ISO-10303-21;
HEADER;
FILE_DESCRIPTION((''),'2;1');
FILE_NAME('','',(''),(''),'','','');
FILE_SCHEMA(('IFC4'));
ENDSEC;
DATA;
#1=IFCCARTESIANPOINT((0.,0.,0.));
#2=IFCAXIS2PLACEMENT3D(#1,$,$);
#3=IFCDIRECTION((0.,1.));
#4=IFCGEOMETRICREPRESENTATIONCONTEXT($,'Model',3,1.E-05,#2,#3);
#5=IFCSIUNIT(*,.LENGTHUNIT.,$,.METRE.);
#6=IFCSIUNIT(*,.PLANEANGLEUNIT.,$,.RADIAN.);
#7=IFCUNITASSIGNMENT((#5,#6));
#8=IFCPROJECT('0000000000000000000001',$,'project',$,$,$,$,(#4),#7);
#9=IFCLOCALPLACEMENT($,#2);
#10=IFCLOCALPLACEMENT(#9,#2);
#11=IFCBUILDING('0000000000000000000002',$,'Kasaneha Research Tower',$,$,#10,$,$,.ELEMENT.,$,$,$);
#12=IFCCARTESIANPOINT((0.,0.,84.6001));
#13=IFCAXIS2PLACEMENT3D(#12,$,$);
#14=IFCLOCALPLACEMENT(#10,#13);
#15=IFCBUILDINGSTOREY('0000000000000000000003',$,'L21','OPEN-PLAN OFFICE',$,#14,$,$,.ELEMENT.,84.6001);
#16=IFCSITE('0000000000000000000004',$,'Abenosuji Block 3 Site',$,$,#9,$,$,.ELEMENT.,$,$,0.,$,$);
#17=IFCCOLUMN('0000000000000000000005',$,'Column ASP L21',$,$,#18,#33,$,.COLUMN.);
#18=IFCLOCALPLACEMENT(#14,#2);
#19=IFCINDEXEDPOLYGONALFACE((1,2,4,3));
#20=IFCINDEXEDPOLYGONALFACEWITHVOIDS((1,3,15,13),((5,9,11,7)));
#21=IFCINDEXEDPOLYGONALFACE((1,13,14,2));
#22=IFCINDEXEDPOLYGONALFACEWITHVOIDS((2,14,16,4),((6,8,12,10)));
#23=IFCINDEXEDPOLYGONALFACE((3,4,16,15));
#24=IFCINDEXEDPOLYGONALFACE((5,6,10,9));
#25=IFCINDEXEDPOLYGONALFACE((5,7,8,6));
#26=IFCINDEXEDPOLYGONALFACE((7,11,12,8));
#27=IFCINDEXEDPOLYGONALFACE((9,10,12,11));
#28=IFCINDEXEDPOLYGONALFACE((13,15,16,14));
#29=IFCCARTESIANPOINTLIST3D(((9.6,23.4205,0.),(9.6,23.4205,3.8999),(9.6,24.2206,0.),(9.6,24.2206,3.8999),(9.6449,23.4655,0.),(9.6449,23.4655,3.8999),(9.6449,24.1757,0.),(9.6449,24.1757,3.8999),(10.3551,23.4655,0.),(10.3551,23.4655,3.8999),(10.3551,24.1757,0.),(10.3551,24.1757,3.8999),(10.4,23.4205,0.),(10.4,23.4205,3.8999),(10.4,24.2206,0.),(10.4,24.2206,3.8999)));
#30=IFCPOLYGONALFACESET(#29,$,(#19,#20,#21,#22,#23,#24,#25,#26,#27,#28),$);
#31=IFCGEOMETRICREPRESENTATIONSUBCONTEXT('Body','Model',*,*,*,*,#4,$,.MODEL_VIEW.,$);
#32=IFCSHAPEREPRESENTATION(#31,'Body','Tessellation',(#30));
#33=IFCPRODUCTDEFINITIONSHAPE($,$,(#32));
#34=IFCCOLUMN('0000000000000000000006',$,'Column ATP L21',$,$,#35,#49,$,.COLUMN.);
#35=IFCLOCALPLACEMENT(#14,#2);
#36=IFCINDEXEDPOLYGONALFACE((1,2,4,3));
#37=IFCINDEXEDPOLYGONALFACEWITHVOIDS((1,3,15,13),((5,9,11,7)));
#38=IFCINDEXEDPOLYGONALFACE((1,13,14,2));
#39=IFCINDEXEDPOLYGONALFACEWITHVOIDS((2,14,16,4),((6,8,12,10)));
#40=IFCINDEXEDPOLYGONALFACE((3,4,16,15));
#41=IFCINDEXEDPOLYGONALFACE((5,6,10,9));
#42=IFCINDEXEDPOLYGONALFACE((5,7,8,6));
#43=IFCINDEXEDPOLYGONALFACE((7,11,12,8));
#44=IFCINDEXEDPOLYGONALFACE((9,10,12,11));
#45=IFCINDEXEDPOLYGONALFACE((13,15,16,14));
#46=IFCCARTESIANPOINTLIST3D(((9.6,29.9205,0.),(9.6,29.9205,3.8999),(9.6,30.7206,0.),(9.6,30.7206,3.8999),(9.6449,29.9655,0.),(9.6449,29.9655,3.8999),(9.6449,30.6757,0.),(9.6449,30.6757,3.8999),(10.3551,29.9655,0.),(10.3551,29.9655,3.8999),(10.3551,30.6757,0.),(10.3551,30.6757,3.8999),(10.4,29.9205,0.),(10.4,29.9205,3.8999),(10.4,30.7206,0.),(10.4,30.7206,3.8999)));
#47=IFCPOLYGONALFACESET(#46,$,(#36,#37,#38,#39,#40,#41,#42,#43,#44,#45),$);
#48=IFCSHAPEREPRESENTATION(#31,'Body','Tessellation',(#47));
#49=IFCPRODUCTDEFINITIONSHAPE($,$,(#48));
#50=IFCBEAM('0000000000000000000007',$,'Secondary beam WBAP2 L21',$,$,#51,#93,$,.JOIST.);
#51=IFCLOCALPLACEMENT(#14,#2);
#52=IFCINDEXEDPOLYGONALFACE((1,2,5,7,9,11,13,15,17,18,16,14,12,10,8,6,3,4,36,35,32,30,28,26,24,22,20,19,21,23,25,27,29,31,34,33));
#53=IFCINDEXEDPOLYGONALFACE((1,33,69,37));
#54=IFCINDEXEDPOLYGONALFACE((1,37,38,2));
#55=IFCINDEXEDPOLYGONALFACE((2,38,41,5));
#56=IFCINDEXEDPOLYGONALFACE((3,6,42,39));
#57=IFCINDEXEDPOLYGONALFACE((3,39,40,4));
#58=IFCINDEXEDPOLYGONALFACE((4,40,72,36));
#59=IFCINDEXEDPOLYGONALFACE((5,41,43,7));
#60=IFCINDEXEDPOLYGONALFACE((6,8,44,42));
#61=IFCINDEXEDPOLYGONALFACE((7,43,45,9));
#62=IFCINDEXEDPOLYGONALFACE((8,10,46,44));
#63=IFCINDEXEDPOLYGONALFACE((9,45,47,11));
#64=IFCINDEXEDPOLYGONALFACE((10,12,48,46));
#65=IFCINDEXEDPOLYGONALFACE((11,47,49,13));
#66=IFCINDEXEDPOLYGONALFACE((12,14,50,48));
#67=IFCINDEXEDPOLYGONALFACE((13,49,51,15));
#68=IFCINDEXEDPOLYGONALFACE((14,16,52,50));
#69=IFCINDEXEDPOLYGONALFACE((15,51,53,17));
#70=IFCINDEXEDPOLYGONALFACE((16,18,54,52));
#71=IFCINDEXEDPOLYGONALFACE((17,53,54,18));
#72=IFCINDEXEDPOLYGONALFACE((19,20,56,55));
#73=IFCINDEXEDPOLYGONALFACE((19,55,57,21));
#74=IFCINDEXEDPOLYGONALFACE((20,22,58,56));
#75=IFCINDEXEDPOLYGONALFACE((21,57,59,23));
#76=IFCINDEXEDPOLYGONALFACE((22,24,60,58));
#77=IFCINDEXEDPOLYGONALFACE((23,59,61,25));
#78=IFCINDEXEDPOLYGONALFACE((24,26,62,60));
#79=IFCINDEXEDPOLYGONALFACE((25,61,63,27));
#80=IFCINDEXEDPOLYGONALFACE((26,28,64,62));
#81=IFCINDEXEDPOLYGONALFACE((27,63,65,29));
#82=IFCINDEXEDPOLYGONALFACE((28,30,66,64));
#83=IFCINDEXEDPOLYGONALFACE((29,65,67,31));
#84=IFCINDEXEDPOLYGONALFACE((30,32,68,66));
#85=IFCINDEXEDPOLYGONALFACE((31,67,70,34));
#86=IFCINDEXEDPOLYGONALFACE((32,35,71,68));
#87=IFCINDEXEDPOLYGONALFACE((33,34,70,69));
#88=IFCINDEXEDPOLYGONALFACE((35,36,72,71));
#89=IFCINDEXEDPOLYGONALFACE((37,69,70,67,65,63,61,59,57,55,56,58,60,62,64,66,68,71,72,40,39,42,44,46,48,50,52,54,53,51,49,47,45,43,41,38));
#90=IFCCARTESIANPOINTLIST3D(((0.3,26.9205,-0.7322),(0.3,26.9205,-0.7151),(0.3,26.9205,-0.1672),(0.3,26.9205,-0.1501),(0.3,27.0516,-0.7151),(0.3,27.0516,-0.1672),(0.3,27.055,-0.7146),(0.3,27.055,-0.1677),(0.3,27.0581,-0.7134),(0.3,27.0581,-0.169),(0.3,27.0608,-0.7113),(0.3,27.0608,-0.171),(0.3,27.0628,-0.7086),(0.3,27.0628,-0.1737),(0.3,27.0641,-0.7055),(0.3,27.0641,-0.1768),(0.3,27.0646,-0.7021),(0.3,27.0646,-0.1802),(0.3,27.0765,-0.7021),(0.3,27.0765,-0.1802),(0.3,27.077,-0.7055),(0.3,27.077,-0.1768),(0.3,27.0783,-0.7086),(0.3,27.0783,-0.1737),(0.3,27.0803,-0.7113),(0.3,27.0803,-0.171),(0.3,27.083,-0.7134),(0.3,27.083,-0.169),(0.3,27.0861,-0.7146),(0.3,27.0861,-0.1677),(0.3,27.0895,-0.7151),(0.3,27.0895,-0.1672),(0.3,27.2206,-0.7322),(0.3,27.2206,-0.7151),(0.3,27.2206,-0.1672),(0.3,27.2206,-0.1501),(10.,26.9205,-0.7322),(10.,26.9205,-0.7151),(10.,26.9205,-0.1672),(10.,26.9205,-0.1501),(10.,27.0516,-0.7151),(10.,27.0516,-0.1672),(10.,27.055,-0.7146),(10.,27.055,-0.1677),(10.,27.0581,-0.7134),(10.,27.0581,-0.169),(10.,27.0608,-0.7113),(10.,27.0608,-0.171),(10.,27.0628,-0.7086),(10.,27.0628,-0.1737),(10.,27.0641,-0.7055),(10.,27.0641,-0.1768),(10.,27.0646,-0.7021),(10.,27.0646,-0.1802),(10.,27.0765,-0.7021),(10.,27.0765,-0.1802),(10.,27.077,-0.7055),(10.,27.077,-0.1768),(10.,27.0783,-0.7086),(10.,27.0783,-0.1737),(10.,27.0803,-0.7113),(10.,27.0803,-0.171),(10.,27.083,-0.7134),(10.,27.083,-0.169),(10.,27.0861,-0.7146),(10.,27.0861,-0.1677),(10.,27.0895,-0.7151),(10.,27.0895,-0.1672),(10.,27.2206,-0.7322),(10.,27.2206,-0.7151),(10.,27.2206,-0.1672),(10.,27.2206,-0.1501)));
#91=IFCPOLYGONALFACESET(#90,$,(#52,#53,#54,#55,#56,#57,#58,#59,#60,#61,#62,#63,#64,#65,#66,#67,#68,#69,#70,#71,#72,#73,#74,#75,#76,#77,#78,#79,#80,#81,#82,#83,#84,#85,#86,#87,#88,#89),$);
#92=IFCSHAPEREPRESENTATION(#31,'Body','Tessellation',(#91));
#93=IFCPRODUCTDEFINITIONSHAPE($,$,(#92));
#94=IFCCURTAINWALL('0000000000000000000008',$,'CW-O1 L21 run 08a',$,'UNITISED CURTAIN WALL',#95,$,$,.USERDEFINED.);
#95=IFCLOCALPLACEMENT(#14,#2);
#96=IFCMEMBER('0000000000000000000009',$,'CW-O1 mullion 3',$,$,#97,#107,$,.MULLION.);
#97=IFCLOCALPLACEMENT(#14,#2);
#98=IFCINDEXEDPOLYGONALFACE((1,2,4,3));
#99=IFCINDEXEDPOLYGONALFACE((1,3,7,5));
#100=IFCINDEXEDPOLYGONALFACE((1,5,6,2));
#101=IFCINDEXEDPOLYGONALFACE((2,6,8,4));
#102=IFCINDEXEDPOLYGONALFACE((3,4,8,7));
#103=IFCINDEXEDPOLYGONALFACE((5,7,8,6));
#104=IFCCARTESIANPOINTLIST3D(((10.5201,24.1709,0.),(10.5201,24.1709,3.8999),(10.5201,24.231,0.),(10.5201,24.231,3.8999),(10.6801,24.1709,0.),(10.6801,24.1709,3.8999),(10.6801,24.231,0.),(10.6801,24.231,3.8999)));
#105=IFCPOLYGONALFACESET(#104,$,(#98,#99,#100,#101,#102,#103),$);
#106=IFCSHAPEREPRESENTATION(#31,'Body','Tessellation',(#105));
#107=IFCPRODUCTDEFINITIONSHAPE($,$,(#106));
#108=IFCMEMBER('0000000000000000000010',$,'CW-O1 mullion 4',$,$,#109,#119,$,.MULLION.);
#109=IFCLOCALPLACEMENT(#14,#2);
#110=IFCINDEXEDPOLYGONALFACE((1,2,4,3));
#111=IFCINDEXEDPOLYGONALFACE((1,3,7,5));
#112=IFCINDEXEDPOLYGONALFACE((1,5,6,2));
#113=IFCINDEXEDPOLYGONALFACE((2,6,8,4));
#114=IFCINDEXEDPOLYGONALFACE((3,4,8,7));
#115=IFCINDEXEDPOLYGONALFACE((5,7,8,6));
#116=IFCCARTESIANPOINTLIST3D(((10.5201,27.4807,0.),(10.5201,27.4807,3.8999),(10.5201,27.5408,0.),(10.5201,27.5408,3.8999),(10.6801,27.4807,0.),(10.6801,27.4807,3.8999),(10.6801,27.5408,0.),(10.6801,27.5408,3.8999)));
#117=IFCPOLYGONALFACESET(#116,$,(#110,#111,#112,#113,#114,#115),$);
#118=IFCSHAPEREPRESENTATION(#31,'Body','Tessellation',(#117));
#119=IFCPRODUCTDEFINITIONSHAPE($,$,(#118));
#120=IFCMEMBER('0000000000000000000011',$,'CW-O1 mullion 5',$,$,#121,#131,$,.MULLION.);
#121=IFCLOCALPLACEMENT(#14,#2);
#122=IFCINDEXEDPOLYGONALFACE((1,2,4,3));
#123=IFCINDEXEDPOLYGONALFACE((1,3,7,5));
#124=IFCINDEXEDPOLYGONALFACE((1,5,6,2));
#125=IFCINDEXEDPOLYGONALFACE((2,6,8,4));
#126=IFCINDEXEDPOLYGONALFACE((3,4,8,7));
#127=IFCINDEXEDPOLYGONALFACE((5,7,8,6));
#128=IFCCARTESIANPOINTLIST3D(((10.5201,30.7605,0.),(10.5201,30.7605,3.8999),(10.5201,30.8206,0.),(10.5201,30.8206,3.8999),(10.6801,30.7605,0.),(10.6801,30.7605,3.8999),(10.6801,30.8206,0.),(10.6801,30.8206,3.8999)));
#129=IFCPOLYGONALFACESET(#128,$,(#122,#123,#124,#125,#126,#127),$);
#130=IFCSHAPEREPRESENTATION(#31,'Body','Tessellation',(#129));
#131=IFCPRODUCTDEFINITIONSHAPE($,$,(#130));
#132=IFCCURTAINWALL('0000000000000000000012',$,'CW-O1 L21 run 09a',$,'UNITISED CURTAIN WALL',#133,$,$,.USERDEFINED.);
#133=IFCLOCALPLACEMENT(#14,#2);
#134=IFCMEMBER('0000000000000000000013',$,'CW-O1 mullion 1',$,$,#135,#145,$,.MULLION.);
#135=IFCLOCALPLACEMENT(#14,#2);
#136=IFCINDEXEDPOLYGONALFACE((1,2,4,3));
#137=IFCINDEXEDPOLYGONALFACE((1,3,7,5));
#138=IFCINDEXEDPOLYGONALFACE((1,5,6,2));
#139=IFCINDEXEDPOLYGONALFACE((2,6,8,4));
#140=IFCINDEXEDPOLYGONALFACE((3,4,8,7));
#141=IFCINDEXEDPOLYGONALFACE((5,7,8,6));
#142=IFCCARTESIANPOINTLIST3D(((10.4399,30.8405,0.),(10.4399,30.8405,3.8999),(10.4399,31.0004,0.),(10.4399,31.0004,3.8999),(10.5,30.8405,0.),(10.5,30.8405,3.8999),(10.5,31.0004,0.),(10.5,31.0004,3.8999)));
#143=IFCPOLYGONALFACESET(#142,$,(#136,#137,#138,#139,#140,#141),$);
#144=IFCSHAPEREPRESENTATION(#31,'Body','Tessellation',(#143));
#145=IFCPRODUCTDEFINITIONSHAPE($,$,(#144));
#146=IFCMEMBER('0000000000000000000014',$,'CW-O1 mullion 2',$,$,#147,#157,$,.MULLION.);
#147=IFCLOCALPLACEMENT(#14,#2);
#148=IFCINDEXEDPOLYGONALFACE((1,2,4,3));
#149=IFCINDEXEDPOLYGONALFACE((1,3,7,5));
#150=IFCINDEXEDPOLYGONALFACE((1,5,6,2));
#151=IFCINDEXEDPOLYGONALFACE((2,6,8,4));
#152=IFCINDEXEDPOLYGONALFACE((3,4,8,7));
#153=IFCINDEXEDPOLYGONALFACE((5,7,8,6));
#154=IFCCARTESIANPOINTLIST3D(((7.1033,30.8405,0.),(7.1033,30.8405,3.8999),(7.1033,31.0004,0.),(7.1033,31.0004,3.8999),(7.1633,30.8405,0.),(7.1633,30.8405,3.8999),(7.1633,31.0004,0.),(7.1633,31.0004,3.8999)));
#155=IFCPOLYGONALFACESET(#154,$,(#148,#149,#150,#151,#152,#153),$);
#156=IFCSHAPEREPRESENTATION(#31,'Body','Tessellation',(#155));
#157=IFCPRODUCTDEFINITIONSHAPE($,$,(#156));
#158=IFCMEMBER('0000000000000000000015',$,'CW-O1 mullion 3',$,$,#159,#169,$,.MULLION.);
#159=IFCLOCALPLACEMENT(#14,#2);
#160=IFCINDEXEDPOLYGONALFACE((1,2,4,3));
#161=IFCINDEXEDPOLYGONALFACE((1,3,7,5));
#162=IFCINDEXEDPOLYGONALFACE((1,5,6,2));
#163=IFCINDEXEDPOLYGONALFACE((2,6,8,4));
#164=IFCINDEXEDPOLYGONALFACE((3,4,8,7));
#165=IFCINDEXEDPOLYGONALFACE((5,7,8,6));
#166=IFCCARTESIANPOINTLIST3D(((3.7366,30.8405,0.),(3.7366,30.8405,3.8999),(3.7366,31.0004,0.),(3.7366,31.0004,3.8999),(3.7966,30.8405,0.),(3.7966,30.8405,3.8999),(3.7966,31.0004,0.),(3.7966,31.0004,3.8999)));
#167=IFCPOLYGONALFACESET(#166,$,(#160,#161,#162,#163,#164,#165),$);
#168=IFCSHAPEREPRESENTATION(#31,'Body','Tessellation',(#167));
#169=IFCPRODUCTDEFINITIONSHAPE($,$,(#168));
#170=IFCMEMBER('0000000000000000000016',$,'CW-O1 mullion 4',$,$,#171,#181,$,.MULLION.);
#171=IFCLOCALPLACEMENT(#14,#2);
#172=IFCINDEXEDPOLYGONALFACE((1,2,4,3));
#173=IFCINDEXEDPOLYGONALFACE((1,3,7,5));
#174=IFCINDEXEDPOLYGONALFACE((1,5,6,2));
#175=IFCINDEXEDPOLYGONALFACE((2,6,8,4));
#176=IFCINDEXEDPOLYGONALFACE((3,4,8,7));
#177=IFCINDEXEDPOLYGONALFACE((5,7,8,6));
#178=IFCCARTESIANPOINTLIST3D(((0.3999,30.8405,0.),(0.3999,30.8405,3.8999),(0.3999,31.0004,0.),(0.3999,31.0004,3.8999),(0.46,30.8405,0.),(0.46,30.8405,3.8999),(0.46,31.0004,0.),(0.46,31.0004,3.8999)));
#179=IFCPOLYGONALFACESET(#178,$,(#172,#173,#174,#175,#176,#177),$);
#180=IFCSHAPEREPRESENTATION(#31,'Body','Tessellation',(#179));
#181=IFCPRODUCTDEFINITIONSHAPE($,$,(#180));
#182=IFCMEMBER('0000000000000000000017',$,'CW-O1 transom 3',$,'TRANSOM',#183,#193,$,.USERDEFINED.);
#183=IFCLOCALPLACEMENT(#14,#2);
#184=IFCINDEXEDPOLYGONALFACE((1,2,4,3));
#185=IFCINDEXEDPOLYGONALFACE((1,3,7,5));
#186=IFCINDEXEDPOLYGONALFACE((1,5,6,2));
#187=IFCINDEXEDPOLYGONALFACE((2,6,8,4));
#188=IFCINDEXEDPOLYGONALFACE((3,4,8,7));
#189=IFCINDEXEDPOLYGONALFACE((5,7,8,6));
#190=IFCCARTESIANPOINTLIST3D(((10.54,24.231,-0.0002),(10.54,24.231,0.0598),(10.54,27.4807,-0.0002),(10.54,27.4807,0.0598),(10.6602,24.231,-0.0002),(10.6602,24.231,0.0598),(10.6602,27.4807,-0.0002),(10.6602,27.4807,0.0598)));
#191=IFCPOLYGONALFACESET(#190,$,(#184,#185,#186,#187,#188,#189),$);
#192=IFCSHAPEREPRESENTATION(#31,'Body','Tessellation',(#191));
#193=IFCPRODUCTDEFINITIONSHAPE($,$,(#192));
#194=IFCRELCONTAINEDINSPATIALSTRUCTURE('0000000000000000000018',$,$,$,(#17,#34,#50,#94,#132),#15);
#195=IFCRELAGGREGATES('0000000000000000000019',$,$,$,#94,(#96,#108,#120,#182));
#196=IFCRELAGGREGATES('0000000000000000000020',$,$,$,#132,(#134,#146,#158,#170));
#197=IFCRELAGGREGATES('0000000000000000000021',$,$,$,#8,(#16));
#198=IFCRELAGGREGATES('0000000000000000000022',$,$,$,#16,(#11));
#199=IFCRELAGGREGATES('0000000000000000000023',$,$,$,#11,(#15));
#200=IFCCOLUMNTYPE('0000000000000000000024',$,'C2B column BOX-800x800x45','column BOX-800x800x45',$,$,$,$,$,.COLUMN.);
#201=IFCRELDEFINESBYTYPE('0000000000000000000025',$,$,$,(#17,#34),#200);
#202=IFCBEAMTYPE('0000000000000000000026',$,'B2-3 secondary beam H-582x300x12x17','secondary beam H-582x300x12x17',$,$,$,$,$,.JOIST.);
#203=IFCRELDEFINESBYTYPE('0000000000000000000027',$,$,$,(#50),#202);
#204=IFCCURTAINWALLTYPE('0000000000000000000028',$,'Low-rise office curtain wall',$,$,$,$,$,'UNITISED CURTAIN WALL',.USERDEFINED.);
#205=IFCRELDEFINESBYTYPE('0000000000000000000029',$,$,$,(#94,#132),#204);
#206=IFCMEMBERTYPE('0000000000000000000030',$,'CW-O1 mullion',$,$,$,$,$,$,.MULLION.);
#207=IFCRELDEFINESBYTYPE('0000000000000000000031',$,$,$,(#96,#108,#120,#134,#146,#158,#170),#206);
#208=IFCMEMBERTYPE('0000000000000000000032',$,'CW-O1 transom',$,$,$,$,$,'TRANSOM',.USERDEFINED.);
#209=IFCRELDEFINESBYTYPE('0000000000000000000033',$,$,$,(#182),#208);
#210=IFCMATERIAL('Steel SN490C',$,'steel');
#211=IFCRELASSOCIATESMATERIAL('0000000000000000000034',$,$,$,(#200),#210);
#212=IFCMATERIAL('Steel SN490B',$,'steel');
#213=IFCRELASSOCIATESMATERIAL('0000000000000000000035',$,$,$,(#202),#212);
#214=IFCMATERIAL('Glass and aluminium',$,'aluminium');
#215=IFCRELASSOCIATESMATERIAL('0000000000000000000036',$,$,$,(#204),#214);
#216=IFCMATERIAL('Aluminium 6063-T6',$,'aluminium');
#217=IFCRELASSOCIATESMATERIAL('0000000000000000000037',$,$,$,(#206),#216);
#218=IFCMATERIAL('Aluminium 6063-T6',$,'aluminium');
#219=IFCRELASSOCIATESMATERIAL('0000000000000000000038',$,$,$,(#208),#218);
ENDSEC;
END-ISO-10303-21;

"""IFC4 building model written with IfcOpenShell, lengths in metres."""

from ifc_helpers import new_model, si_unit, direction, frame, origin, origin_2d, place, context, subcontext, project, spatial, rectangle, hollow_rectangle, i_section, extrude, material, material_profile, profile_set, type_object, element, aggregate, save


model = new_model("IFC4")

# Units and contexts
model_context = context("Model", 3, precision=1e-05, world=origin(), true_north=direction((0.0, 1.0)))
body_context = subcontext(model_context, "Body", "Model", "MODEL_VIEW")
ifc_project = project(units=[si_unit("LENGTHUNIT", "METRE"), si_unit("PLANEANGLEUNIT", "RADIAN")], contexts=[model_context])

# Site, building, storey
site_placement = place(None, origin())
site = spatial("IfcSite", under=ifc_project, at=site_placement, Name="Abenosuji Block 3 Site", CompositionType="ELEMENT", RefElevation=0.0)
building_placement = place(site_placement, origin())
building = spatial("IfcBuilding", under=site, at=building_placement, Name="Kasaneha Research Tower", CompositionType="ELEMENT")
storey_placement = place(building_placement, frame((0.0, 0.0, 84.6001)))
storey = spatial("IfcBuildingStorey", under=building, at=storey_placement, Name="L21", Description="OPEN-PLAN OFFICE", CompositionType="ELEMENT", Elevation=84.6001)

# Columns
ifc_material_1 = material(Name="Steel SN490C", Category="steel")
ifc_material_profile_1 = material_profile(ifc_material_1, hollow_rectangle(XDim=0.8, YDim=0.8, WallThickness=0.0449, at=origin_2d()), Name="BOX-800x800x45")
ifc_profile_set_1 = profile_set([ifc_material_profile_1], Name="Steel SN490C")
column_type = type_object("IfcColumnType", Name="C2B column BOX-800x800x45", Description="column BOX-800x800x45", PredefinedType="COLUMN", material=ifc_profile_set_1)
for number, where, z_axis, x_axis, name in (
    (1, (10.0, 23.8206, 0.0), (0.0, 0.0, 1.0), (1.0, 0.0, 0.0), "Column ASP L21"),
    (2, (10.0, 30.3206, 0.0), (0.0, 0.0, 1.0), (1.0, 0.0, 0.0), "Column ATP L21"),
):
    element("IfcColumn", number, at=place(storey_placement, frame(where, z_axis=z_axis, x_axis=x_axis)), inside=storey, type_object=column_type, Name=name, PredefinedType="COLUMN", context=body_context, shape_type="SweptSolid", body=[
        extrude(hollow_rectangle(XDim=0.8, YDim=0.8, WallThickness=0.0449, at=origin_2d()), origin(), (0.0, 0.0, 1.0), 3.8999),
    ])

# Beam
ifc_material_2 = material(Name="Steel SN490B", Category="steel")
ifc_material_profile_2 = material_profile(ifc_material_2, i_section(OverallWidth=0.3, OverallDepth=0.582, WebThickness=0.012, FlangeThickness=0.0171, FilletRadius=0.0129, at=origin_2d()), Name="H-582x300x12x17")
ifc_profile_set_2 = profile_set([ifc_material_profile_2], Name="Steel SN490B")
beam_type_1 = type_object("IfcBeamType", Name="B2-3 secondary beam H-582x300x12x17", Description="secondary beam H-582x300x12x17", PredefinedType="JOIST", material=ifc_profile_set_2)
beam_1_placement = place(storey_placement, frame((10.0, 27.0706, -0.4412), z_axis=(-1.0, 0.0, 0.0), x_axis=(0.0, -1.0, 0.0)))
element("IfcBeam", 3, at=beam_1_placement, inside=storey, type_object=beam_type_1, Name="Secondary beam WBAP2 L21", PredefinedType="JOIST", context=body_context, shape_type="SweptSolid", body=[
    extrude(i_section(OverallWidth=0.3, OverallDepth=0.582, WebThickness=0.012, FlangeThickness=0.0171, FilletRadius=0.0129, at=origin_2d()), origin(), (0.0, 0.0, 1.0), 9.7),
])

# Curtain walls, members
ifc_material_3 = material(Name="Glass and aluminium", Category="aluminium")
curtain_wall_type = type_object("IfcCurtainWallType", Name="Low-rise office curtain wall", ElementType="UNITISED CURTAIN WALL", PredefinedType="USERDEFINED", material=ifc_material_3)
curtain_wall_1_placement = place(storey_placement, origin())
curtain_wall_1 = element("IfcCurtainWall", 4, at=curtain_wall_1_placement, inside=storey, type_object=curtain_wall_type, Name="CW-O1 L21 run 08a", ObjectType="UNITISED CURTAIN WALL", PredefinedType="USERDEFINED")
ifc_material_4 = material(Name="Aluminium 6063-T6", Category="aluminium")
ifc_material_profile_3 = material_profile(ifc_material_4, rectangle(XDim=0.0601, YDim=0.1599, at=origin_2d()), Name="CW-O1 mullion 60x160")
ifc_profile_set_3 = profile_set([ifc_material_profile_3], Name="Aluminium 6063-T6")
member_type_1 = type_object("IfcMemberType", Name="CW-O1 mullion", PredefinedType="MULLION", material=ifc_profile_set_3)
member_1_placement = place(storey_placement, frame((10.6001, 24.2009, 0.0), z_axis=(0.0, 0.0, 1.0), x_axis=(0.0, 1.0, 0.0)))
member_1 = element("IfcMember", 5, at=member_1_placement, type_object=member_type_1, Name="CW-O1 mullion 3", PredefinedType="MULLION", context=body_context, shape_type="SweptSolid", body=[
    extrude(rectangle(XDim=0.0601, YDim=0.1599, at=origin_2d()), origin(), (0.0, 0.0, 1.0), 3.8999),
])
member_2_placement = place(storey_placement, frame((10.6001, 27.5107, 0.0), z_axis=(0.0, 0.0, 1.0), x_axis=(0.0, 1.0, 0.0)))
member_2 = element("IfcMember", 6, at=member_2_placement, type_object=member_type_1, Name="CW-O1 mullion 4", PredefinedType="MULLION", context=body_context, shape_type="SweptSolid", body=[
    extrude(rectangle(XDim=0.0601, YDim=0.1599, at=origin_2d()), origin(), (0.0, 0.0, 1.0), 3.8999),
])
member_3_placement = place(storey_placement, frame((10.6001, 30.7905, 0.0), z_axis=(0.0, 0.0, 1.0), x_axis=(0.0, 1.0, 0.0)))
member_3 = element("IfcMember", 7, at=member_3_placement, type_object=member_type_1, Name="CW-O1 mullion 5", PredefinedType="MULLION", context=body_context, shape_type="SweptSolid", body=[
    extrude(rectangle(XDim=0.0601, YDim=0.1599, at=origin_2d()), origin(), (0.0, 0.0, 1.0), 3.8999),
])
curtain_wall_2_placement = place(storey_placement, origin())
curtain_wall_2 = element("IfcCurtainWall", 8, at=curtain_wall_2_placement, inside=storey, type_object=curtain_wall_type, Name="CW-O1 L21 run 09a", ObjectType="UNITISED CURTAIN WALL", PredefinedType="USERDEFINED")
member_4_placement = place(storey_placement, frame((10.47, 30.9204, 0.0), z_axis=(0.0, 0.0, 1.0), x_axis=(-1.0, 0.0, 0.0)))
member_4 = element("IfcMember", 9, at=member_4_placement, type_object=member_type_1, Name="CW-O1 mullion 1", PredefinedType="MULLION", context=body_context, shape_type="SweptSolid", body=[
    extrude(rectangle(XDim=0.0601, YDim=0.1599, at=origin_2d()), origin(), (0.0, 0.0, 1.0), 3.8999),
])
member_5_placement = place(storey_placement, frame((7.1333, 30.9204, 0.0), z_axis=(0.0, 0.0, 1.0), x_axis=(-1.0, 0.0, 0.0)))
member_5 = element("IfcMember", 10, at=member_5_placement, type_object=member_type_1, Name="CW-O1 mullion 2", PredefinedType="MULLION", context=body_context, shape_type="SweptSolid", body=[
    extrude(rectangle(XDim=0.0601, YDim=0.1599, at=origin_2d()), origin(), (0.0, 0.0, 1.0), 3.8999),
])
member_6_placement = place(storey_placement, frame((3.7666, 30.9204, 0.0), z_axis=(0.0, 0.0, 1.0), x_axis=(-1.0, 0.0, 0.0)))
member_6 = element("IfcMember", 11, at=member_6_placement, type_object=member_type_1, Name="CW-O1 mullion 3", PredefinedType="MULLION", context=body_context, shape_type="SweptSolid", body=[
    extrude(rectangle(XDim=0.0601, YDim=0.1599, at=origin_2d()), origin(), (0.0, 0.0, 1.0), 3.8999),
])
member_7_placement = place(storey_placement, frame((0.4299, 30.9204, 0.0), z_axis=(0.0, 0.0, 1.0), x_axis=(-1.0, 0.0, 0.0)))
member_7 = element("IfcMember", 12, at=member_7_placement, type_object=member_type_1, Name="CW-O1 mullion 4", PredefinedType="MULLION", context=body_context, shape_type="SweptSolid", body=[
    extrude(rectangle(XDim=0.0601, YDim=0.1599, at=origin_2d()), origin(), (0.0, 0.0, 1.0), 3.8999),
])

# Member
ifc_material_5 = material(Name="Aluminium 6063-T6", Category="aluminium")
ifc_material_profile_4 = material_profile(ifc_material_5, rectangle(XDim=0.1201, YDim=0.0601, at=origin_2d()), Name="CW-O1 transom 120x60")
ifc_profile_set_4 = profile_set([ifc_material_profile_4], Name="Aluminium 6063-T6")
member_type_2 = type_object("IfcMemberType", Name="CW-O1 transom", ElementType="TRANSOM", PredefinedType="USERDEFINED", material=ifc_profile_set_4)
member_8_placement = place(storey_placement, frame((10.6001, 24.231, 0.0298), z_axis=(0.0, 1.0, 0.0), x_axis=(-1.0, 0.0, 0.0)))
member_8 = element("IfcMember", 13, at=member_8_placement, type_object=member_type_2, Name="CW-O1 transom 3", ObjectType="TRANSOM", PredefinedType="USERDEFINED", context=body_context, shape_type="SweptSolid", body=[
    extrude(rectangle(XDim=0.1201, YDim=0.0601, at=origin_2d()), origin(), (0.0, 0.0, 1.0), 3.2498),
])

aggregate(curtain_wall_1, [member_1, member_2, member_3, member_8])
aggregate(curtain_wall_2, [member_4, member_5, member_6, member_7])

save(model, "model.ifc")
